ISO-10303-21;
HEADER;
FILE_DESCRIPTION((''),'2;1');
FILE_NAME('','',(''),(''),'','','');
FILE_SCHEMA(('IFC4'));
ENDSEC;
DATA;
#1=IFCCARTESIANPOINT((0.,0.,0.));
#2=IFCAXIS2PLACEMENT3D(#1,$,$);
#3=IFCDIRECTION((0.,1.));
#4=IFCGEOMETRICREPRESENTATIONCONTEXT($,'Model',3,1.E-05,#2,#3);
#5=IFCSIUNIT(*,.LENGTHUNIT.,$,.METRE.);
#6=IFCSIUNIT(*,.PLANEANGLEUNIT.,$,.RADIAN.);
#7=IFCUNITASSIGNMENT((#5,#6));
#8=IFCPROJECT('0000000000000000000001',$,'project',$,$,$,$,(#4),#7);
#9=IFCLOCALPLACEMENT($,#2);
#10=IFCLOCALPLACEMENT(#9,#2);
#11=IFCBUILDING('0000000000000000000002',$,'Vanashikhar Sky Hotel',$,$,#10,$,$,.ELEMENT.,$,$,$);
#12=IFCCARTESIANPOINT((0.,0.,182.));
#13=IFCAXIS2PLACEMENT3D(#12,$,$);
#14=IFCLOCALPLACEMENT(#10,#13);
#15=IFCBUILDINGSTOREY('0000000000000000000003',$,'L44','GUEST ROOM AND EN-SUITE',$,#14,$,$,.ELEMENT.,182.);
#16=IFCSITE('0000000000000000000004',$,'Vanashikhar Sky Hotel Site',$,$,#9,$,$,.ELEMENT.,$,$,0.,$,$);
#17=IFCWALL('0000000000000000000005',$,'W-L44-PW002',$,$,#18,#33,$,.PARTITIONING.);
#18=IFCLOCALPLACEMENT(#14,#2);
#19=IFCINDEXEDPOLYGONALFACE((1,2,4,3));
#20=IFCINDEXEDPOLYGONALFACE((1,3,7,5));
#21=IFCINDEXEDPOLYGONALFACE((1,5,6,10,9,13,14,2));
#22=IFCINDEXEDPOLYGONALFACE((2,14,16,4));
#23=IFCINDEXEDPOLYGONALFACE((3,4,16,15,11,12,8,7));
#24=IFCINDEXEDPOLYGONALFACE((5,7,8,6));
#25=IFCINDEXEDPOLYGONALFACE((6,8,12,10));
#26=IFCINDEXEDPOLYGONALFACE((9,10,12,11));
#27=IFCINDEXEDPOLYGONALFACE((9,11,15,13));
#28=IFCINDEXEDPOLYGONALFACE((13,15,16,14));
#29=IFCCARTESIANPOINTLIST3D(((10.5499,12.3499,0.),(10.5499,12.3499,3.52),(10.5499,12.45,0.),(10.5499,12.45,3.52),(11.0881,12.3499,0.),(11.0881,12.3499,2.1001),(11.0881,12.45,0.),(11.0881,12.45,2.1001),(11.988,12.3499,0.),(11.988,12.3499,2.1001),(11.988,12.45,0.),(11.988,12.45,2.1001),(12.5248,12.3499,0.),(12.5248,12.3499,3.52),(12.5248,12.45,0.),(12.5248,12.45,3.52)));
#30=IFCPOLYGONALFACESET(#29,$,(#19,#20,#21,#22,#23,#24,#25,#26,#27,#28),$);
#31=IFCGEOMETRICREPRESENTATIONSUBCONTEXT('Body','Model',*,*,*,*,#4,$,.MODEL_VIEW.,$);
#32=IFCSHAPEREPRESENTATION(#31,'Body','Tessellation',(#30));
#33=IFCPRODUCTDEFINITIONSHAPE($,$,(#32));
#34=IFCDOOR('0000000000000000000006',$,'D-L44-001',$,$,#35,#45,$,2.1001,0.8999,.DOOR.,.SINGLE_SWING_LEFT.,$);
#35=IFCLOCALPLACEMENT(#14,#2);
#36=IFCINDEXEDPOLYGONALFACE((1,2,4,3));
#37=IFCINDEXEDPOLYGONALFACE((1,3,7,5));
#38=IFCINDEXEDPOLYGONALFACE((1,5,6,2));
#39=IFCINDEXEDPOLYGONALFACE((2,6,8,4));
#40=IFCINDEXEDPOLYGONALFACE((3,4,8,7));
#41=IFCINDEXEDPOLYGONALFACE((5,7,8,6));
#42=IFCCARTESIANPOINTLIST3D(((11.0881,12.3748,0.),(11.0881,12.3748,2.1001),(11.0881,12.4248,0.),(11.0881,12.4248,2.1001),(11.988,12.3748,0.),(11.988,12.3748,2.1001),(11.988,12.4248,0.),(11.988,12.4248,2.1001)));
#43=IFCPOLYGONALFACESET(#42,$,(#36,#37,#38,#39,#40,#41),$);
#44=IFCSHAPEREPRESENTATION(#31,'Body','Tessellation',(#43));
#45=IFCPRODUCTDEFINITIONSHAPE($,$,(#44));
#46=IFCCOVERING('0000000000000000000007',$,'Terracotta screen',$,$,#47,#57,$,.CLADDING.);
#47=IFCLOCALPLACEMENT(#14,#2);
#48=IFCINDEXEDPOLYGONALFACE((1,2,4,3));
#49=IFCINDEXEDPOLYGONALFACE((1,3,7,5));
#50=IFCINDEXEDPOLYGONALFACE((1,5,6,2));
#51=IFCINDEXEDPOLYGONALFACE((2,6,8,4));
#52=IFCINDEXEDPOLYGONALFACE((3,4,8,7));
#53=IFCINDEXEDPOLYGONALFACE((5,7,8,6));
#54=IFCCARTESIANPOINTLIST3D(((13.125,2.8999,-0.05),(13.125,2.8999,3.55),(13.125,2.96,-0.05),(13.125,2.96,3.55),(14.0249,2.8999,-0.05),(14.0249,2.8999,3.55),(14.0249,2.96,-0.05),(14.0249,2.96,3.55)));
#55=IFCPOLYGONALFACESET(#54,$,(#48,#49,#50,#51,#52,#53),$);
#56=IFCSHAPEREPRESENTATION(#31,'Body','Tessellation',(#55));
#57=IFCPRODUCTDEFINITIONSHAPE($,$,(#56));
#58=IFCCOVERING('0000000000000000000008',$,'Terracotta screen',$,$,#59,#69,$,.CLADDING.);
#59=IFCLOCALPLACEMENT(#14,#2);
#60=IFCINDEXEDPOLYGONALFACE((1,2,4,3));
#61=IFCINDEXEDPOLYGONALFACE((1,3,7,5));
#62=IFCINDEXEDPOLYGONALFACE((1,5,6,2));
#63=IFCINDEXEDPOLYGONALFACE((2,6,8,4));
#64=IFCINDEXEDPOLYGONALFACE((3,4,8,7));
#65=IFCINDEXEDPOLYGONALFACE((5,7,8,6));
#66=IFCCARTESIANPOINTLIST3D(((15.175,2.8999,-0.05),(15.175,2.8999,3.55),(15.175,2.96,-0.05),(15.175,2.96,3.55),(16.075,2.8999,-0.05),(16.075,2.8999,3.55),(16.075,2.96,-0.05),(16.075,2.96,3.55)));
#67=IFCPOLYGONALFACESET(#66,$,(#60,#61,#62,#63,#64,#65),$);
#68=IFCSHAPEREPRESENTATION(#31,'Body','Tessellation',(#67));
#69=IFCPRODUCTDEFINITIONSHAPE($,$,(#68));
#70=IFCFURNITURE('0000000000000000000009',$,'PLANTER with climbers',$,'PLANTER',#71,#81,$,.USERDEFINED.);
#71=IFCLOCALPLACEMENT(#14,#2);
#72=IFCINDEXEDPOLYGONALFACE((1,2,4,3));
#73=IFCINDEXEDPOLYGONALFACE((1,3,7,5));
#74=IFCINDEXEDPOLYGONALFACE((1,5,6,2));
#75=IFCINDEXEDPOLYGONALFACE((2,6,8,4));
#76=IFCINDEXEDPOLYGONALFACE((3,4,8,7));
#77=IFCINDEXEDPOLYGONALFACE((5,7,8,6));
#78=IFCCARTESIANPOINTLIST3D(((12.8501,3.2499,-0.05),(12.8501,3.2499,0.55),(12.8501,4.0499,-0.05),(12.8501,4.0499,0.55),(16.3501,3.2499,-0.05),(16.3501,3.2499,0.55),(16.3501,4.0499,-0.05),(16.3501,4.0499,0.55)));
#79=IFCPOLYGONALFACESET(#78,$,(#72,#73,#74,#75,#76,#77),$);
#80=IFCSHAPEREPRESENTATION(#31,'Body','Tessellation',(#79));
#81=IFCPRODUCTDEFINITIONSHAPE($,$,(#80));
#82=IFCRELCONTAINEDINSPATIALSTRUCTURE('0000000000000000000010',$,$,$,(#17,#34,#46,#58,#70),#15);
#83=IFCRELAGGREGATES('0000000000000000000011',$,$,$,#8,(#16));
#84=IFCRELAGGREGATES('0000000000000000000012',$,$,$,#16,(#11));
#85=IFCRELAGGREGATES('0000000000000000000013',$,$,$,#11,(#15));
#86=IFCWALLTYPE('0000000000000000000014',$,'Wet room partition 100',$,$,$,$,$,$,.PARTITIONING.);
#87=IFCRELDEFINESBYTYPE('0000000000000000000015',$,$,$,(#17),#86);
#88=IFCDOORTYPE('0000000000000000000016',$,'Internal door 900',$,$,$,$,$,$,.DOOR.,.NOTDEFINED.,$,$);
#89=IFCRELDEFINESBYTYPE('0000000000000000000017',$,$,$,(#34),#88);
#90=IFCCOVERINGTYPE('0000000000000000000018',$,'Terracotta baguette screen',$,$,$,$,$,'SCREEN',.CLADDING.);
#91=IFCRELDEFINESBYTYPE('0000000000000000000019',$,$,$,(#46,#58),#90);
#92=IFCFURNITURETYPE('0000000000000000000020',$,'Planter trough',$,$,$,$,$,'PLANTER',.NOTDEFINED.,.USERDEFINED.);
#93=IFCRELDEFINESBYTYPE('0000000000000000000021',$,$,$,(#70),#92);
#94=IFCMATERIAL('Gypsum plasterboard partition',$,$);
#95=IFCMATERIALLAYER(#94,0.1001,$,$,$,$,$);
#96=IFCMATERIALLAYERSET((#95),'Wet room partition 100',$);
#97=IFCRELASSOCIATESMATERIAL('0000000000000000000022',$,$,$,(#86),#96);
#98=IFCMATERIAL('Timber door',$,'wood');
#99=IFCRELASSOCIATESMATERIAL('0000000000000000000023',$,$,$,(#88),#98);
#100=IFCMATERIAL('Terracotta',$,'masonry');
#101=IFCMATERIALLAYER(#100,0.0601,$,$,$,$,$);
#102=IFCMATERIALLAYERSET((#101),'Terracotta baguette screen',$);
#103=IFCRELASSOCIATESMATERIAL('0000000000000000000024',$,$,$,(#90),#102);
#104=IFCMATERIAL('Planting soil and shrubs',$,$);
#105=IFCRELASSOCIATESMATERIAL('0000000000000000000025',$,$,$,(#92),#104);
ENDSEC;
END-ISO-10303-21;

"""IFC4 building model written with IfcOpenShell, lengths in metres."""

from ifc_helpers import new_model, si_unit, direction, frame, frame_2d, origin, origin_2d, place, context, subcontext, project, spatial, rectangle, extrude, source, transform, mapped, material, layer, layer_set, type_object, element, fill, save


model = new_model("IFC4")

# Units and contexts
model_context = context("Model", 3, precision=1e-05, world=origin(), true_north=direction((0.0, 1.0)))
body_context = subcontext(model_context, "Body", "Model", "MODEL_VIEW")
ifc_project = project(units=[si_unit("LENGTHUNIT", "METRE"), si_unit("PLANEANGLEUNIT", "RADIAN")], contexts=[model_context])

# Site, building, storey
site_placement = place(None, origin())
site = spatial("IfcSite", under=ifc_project, at=site_placement, Name="Vanashikhar Sky Hotel Site", CompositionType="ELEMENT", RefElevation=0.0)
building_placement = place(site_placement, origin())
building = spatial("IfcBuilding", under=site, at=building_placement, Name="Vanashikhar Sky Hotel", CompositionType="ELEMENT")
storey_placement = place(building_placement, frame((0.0, 0.0, 182.0)))
storey = spatial("IfcBuildingStorey", under=building, at=storey_placement, Name="L44", Description="GUEST ROOM AND EN-SUITE", CompositionType="ELEMENT", Elevation=182.0)

# Shared definitions
ifc_material_1 = material(Name="Gypsum plasterboard partition")

# Wall, opening, door
ifc_layer_1 = layer(ifc_material_1, 0.1001)
ifc_layer_set_1 = layer_set([ifc_layer_1], Name="Wet room partition 100")
wall_type_1 = type_object("IfcWallType", Name="Wet room partition 100", PredefinedType="PARTITIONING", material=ifc_layer_set_1)
shared_shape_1 = source(origin(), body_context, "Body", "SweptSolid", [
    extrude(rectangle(XDim=0.8999, YDim=2.1001, at=frame_2d((0.45, 1.05))), frame((0.0, 0.0601, 0.0), z_axis=(0.0, -1.0, 0.0), x_axis=(1.0, 0.0, 0.0)), (0.0, 0.0, 1.0), 0.1201),
])
ifc_material_2 = material(Name="Timber door", Category="wood")
door_type_1 = type_object("IfcDoorType", Name="Internal door 900", OperationType="NOTDEFINED", PredefinedType="DOOR", material=ifc_material_2)
shared_shape_2 = source(origin(), body_context, "Body", "SweptSolid", [
    extrude(rectangle(XDim=0.8999, YDim=2.1001, at=frame_2d((0.45, 1.05))), frame((0.0, 0.0249, 0.0), z_axis=(0.0, -1.0, 0.0), x_axis=(1.0, 0.0, 0.0)), (0.0, 0.0, 1.0), 0.05),
])
shared_shape_3 = source(origin(), body_context, "Body", "SweptSolid", [
    extrude(rectangle(XDim=1.9749, YDim=0.1001, at=frame_2d((0.9873, 0.0))), origin(), (0.0, 0.0, 1.0), 3.52),
])
wall_1_placement = place(storey_placement, frame((10.55, 12.3999, 0.0), z_axis=(0.0, 0.0, 1.0), x_axis=(1.0, 0.0, 0.0)))
wall_1 = element("IfcWall", 1, at=wall_1_placement, inside=storey, type_object=wall_type_1, Name="W-L44-PW002", PredefinedType="PARTITIONING", context=body_context, shape_type="MappedRepresentation", body=[
    mapped(shared_shape_3, transform((0.0, 0.0, 0.0), scale=1.0)),
])
opening_1_placement = place(wall_1_placement, frame((0.5381, 0.0, 0.0)))
opening_1 = element("IfcOpeningElement", 2, at=opening_1_placement, cuts=wall_1, PredefinedType="OPENING", context=body_context, shape_type="MappedRepresentation", body=[
    mapped(shared_shape_1, transform((0.0, 0.0, 0.0), scale=1.0)),
])
door_1_placement = place(opening_1_placement, origin())
door_1 = element("IfcDoor", 3, at=door_1_placement, inside=storey, type_object=door_type_1, Name="D-L44-001", OperationType="SINGLE_SWING_LEFT", OverallHeight=2.1001, OverallWidth=0.8999, PredefinedType="DOOR", context=body_context, shape_type="MappedRepresentation", body=[
    mapped(shared_shape_2, transform((0.0, 0.0, 0.0), scale=1.0)),
])
fill(opening_1, door_1)

# Coverings
ifc_material_3 = material(Name="Terracotta", Category="masonry")
ifc_layer_2 = layer(ifc_material_3, 0.0601)
ifc_layer_set_2 = layer_set([ifc_layer_2], Name="Terracotta baguette screen")
covering_type = type_object("IfcCoveringType", Name="Terracotta baguette screen", ElementType="SCREEN", PredefinedType="CLADDING", material=ifc_layer_set_2)
shared_shape_4 = source(origin(), body_context, "Body", "SweptSolid", [
    extrude(rectangle(XDim=0.8999, YDim=0.0601, at=origin_2d()), origin(), (0.0, 0.0, 1.0), 3.6001),
])
for number, where, z_axis, x_axis, name in (
    (4, (13.575, 2.9299, -0.05), (0.0, 0.0, 1.0), (1.0, 0.0, 0.0), "Terracotta screen"),
    (5, (15.625, 2.9299, -0.05), (0.0, 0.0, 1.0), (1.0, 0.0, 0.0), "Terracotta screen"),
):
    element("IfcCovering", number, at=place(storey_placement, frame(where, z_axis=z_axis, x_axis=x_axis)), inside=storey, type_object=covering_type, Name=name, PredefinedType="CLADDING", context=body_context, shape_type="MappedRepresentation", body=[
        mapped(shared_shape_4, transform((0.0, 0.0, 0.0), scale=1.0)),
    ])

# Furniture
ifc_material_4 = material(Name="Planting soil and shrubs")
furniture_type = type_object("IfcFurnitureType", Name="Planter trough", ElementType="PLANTER", AssemblyPlace="NOTDEFINED", PredefinedType="USERDEFINED", material=ifc_material_4)
shared_shape_5 = source(origin(), body_context, "Body", "SweptSolid", [
    extrude(rectangle(XDim=3.5, YDim=0.8, at=origin_2d()), origin(), (0.0, 0.0, 1.0), 0.6001),
])
furniture_placement = place(storey_placement, frame((14.6001, 3.6499, -0.05), z_axis=(0.0, 0.0, 1.0), x_axis=(1.0, 0.0, 0.0)))
element("IfcFurniture", 6, at=furniture_placement, inside=storey, type_object=furniture_type, Name="PLANTER with climbers", ObjectType="PLANTER", PredefinedType="USERDEFINED", context=body_context, shape_type="MappedRepresentation", body=[
    mapped(shared_shape_5, transform((0.0, 0.0, 0.0), scale=1.0)),
])

save(model, "model.ifc")
